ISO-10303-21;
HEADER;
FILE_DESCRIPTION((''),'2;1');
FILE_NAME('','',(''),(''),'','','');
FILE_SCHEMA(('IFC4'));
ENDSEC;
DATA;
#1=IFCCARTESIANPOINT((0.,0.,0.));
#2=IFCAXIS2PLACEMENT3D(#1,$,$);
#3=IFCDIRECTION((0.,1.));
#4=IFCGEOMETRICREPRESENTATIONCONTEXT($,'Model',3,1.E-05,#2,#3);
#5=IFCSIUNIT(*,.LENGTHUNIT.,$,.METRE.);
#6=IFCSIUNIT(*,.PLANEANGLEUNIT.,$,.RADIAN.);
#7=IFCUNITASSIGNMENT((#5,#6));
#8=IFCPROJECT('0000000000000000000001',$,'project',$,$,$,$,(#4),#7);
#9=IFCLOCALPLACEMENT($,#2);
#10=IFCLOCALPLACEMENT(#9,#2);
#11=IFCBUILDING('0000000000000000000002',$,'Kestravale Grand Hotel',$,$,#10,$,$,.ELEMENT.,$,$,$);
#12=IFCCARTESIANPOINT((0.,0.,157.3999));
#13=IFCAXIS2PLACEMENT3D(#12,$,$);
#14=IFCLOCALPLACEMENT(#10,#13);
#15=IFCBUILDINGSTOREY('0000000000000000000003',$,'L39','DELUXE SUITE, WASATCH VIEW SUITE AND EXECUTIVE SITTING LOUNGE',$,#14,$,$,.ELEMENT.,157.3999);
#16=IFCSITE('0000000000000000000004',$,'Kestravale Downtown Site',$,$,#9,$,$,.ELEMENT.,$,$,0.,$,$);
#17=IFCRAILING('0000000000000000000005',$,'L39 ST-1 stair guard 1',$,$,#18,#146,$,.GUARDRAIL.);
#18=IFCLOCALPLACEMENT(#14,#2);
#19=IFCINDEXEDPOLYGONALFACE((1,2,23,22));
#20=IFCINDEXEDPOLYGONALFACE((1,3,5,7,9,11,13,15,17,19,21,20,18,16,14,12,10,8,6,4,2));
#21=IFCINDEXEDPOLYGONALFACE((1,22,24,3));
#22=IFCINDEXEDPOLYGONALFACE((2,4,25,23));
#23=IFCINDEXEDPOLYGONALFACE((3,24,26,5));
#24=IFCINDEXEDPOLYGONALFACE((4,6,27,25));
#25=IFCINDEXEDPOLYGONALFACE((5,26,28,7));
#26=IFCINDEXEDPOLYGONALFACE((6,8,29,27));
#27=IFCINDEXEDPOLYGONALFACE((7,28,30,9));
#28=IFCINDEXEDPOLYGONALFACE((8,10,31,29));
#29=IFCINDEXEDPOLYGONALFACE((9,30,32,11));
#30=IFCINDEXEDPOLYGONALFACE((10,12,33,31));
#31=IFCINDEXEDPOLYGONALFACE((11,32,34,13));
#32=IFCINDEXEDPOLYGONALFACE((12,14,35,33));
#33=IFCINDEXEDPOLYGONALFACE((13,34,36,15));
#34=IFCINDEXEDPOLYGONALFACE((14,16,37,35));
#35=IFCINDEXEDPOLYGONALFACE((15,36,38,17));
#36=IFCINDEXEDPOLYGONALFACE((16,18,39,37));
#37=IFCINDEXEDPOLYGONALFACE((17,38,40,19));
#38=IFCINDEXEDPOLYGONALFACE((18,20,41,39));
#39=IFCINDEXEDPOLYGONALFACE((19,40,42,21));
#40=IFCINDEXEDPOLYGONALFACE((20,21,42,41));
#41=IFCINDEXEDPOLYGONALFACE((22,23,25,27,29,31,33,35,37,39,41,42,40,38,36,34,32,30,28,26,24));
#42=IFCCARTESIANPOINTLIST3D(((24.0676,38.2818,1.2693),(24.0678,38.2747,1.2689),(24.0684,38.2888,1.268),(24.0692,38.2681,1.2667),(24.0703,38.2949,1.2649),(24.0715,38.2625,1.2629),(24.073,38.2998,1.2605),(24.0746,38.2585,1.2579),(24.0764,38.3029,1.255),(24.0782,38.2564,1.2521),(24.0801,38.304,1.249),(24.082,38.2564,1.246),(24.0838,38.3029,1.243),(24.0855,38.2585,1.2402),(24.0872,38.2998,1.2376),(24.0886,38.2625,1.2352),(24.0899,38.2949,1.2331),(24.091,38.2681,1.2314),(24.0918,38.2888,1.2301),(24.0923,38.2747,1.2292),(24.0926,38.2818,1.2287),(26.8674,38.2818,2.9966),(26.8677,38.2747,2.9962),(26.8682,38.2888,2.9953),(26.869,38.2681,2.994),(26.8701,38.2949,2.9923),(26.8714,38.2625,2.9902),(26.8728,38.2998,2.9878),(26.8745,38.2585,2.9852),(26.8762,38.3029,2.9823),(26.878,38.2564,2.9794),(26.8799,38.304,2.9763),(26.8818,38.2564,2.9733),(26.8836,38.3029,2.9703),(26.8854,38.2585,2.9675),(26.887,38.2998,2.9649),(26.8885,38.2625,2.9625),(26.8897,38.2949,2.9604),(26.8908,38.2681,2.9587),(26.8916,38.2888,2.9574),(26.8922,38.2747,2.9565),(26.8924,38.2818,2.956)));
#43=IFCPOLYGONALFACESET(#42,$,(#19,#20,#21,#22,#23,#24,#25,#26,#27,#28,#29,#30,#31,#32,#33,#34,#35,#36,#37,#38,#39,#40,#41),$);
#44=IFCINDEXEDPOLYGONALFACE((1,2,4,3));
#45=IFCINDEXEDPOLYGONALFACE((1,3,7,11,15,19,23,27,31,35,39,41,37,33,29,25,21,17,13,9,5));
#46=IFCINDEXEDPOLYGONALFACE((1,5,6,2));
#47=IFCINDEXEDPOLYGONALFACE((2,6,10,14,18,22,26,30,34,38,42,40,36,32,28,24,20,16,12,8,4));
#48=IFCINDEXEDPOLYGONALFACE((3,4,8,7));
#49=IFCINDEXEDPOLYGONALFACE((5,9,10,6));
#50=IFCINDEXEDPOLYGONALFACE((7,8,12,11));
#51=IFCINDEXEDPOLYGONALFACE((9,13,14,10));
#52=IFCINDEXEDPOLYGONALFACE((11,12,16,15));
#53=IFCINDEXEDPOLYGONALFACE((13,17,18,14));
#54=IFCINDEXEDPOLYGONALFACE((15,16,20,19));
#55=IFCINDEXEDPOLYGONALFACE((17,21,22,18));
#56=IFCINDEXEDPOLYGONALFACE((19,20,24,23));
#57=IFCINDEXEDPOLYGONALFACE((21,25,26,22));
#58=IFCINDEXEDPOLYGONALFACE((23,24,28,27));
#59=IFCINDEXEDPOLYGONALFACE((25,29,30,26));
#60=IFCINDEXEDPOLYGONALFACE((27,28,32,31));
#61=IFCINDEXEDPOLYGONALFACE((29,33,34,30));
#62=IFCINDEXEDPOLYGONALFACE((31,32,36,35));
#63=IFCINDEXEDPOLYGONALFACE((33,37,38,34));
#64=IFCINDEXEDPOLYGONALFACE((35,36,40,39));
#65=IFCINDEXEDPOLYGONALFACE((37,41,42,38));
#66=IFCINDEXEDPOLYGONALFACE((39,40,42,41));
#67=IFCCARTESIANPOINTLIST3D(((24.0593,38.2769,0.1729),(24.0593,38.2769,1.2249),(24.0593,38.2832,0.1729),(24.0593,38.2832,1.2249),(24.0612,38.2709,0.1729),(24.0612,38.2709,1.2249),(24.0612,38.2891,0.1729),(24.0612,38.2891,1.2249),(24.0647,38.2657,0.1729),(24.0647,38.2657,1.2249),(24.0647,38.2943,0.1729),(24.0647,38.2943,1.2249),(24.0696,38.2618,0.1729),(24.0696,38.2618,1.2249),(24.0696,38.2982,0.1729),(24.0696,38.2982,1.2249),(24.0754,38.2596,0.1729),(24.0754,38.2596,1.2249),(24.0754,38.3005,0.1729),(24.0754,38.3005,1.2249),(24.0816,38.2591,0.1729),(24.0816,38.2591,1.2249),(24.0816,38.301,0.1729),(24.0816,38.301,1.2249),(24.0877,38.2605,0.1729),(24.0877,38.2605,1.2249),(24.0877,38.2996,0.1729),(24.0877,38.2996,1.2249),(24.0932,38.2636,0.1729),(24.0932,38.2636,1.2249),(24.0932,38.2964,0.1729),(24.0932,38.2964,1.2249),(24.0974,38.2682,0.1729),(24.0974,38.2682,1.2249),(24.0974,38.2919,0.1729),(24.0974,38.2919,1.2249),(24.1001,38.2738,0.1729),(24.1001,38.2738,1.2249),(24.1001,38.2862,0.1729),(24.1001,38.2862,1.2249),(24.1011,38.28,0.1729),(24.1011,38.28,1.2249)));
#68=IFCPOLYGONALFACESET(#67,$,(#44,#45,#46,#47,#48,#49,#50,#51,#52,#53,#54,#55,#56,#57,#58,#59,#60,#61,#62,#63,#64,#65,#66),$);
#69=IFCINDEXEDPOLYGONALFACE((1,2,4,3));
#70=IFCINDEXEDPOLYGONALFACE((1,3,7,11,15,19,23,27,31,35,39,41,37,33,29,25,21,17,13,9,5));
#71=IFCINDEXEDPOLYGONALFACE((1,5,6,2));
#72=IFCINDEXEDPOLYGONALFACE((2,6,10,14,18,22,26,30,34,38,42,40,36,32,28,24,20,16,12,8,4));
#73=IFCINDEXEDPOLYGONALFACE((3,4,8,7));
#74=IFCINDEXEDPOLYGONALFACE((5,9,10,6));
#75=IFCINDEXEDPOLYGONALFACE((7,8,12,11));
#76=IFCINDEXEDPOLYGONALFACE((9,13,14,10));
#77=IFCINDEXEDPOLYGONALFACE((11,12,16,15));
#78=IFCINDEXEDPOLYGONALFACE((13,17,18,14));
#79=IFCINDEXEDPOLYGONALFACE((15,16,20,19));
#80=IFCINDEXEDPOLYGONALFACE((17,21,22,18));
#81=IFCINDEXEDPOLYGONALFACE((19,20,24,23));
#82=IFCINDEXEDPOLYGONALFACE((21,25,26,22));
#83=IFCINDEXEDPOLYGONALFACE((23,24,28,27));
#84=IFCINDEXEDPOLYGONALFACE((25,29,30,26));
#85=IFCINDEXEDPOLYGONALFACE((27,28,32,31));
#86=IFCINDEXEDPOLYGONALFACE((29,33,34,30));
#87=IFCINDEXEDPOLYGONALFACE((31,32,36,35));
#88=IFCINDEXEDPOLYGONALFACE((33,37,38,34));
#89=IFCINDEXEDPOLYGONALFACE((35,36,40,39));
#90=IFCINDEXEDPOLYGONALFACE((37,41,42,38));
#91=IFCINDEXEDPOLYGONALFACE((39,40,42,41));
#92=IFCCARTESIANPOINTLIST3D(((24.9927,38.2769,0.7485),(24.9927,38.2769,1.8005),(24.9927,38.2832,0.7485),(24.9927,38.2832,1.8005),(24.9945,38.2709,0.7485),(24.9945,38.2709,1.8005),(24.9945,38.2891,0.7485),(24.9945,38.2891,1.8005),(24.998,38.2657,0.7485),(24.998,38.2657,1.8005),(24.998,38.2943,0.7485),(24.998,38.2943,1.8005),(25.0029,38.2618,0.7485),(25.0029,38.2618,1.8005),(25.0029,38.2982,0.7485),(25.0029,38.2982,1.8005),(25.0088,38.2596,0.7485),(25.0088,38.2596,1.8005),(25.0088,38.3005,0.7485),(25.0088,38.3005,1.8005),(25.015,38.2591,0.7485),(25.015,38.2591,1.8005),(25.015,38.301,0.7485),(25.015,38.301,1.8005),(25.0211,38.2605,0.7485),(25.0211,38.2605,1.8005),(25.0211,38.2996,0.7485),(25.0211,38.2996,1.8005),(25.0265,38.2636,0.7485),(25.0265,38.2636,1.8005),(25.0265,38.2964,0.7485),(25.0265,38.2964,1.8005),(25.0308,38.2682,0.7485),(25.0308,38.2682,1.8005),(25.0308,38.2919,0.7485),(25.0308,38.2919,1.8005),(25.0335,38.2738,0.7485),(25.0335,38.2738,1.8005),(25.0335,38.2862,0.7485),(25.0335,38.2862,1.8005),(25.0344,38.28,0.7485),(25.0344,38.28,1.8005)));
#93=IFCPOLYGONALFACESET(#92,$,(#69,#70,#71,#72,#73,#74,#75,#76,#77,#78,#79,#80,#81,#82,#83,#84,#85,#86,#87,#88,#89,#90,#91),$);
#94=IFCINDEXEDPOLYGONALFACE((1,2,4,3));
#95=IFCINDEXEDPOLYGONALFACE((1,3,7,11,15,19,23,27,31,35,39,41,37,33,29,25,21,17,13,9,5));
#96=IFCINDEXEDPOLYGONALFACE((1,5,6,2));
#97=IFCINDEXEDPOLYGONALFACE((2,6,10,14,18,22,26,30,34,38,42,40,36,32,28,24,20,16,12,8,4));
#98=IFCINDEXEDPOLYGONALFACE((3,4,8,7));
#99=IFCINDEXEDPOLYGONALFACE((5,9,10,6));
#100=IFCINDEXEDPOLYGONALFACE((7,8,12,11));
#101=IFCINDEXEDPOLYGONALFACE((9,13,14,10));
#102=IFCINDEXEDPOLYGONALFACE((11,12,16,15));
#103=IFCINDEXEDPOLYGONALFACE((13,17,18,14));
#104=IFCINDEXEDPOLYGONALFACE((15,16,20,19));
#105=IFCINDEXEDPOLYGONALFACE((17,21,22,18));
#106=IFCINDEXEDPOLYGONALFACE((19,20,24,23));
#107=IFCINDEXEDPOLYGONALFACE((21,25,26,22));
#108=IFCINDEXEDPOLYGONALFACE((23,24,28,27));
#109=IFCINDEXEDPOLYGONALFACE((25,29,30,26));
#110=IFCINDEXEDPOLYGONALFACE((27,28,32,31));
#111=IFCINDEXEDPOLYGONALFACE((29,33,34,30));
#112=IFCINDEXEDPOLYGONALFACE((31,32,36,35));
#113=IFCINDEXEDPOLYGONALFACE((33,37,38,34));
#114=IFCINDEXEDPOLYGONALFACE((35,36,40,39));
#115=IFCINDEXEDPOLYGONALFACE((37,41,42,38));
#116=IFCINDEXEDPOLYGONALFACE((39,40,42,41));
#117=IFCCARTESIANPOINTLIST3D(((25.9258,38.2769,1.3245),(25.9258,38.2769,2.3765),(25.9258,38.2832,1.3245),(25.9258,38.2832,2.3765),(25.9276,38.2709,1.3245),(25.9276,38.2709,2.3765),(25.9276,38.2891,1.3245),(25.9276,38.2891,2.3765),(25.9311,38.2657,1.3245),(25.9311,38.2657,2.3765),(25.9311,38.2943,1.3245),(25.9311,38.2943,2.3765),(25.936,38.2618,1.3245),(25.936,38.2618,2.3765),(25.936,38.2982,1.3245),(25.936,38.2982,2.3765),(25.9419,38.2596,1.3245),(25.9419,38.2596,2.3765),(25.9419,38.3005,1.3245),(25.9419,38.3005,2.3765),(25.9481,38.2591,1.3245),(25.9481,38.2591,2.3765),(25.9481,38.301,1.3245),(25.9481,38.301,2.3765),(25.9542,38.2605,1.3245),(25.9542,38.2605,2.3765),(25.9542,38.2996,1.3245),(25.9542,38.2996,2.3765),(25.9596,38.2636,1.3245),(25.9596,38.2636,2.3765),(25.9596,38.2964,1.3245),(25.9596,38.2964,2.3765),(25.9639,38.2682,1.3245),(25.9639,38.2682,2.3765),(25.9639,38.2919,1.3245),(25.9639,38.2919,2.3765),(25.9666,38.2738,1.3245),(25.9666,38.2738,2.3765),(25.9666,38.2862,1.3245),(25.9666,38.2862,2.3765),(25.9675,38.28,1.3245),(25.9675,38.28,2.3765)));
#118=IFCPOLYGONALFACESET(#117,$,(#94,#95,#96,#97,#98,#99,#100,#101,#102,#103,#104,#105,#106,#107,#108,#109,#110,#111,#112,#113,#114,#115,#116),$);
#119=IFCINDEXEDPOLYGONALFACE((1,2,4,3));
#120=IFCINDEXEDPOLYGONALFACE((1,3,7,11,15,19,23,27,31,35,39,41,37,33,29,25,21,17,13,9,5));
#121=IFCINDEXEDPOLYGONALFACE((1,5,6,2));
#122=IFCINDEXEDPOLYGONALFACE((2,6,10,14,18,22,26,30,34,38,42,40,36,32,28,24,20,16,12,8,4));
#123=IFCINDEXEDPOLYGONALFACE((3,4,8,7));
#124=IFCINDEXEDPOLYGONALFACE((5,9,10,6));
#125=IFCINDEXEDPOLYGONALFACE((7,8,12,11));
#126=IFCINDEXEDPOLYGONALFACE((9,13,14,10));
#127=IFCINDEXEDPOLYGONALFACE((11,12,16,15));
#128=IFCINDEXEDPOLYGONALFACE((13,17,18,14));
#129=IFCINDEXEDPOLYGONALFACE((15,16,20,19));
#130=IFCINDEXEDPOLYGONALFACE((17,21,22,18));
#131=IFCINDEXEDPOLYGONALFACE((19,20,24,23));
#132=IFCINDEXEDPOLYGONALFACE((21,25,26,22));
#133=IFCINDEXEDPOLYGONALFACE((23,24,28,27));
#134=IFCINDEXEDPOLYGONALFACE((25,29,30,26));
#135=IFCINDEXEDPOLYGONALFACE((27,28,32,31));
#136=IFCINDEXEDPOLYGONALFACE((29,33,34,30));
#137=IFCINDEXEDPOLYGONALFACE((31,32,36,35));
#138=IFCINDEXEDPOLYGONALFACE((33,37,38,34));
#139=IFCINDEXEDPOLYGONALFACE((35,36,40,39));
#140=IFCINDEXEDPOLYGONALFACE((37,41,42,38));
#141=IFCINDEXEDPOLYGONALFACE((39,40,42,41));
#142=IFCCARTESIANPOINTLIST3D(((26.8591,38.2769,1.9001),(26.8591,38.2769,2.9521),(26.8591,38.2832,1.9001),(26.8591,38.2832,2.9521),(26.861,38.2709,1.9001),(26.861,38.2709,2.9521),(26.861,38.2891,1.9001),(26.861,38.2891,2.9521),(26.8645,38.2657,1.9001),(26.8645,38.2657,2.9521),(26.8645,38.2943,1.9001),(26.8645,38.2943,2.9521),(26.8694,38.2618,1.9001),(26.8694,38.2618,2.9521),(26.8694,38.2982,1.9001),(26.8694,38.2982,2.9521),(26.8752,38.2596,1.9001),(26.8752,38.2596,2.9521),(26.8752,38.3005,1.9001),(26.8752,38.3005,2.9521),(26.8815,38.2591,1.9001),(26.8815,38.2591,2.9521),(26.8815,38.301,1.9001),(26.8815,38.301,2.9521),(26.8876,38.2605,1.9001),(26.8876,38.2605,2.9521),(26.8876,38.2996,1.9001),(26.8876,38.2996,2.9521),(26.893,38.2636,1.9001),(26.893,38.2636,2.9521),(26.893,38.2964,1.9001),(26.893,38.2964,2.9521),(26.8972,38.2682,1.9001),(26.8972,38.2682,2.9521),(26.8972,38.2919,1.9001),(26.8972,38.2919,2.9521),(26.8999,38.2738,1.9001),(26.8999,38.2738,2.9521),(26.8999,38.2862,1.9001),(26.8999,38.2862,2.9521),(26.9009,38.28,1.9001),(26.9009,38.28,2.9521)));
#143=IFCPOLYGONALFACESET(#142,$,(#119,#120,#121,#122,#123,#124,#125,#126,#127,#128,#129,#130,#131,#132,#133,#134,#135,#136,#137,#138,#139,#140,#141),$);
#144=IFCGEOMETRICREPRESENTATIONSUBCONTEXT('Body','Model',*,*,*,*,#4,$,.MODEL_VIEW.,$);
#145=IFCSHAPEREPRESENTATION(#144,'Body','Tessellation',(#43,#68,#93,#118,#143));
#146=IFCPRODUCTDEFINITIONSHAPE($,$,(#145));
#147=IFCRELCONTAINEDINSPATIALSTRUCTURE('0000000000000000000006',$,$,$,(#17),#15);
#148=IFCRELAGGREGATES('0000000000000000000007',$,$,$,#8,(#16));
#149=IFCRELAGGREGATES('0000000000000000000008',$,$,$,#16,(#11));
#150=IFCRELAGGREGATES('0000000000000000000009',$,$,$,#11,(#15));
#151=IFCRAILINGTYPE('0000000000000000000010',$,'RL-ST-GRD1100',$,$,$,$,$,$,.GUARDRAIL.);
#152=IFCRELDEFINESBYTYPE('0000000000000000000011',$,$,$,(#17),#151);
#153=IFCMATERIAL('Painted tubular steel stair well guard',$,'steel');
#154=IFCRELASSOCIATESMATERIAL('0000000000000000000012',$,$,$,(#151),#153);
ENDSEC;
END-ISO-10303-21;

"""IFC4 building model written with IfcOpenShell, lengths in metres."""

from ifc_helpers import new_model, si_unit, direction, frame, origin, origin_2d, place, context, subcontext, project, spatial, circle, extrude, material, type_object, element, save


model = new_model("IFC4")

# Units and contexts
model_context = context("Model", 3, precision=1e-05, world=origin(), true_north=direction((0.0, 1.0)))
body_context = subcontext(model_context, "Body", "Model", "MODEL_VIEW")
ifc_project = project(units=[si_unit("LENGTHUNIT", "METRE"), si_unit("PLANEANGLEUNIT", "RADIAN")], contexts=[model_context])

# Site, building, storey
site_placement = place(None, origin())
site = spatial("IfcSite", under=ifc_project, at=site_placement, Name="Kestravale Downtown Site", CompositionType="ELEMENT", RefElevation=0.0)
building_placement = place(site_placement, origin())
building = spatial("IfcBuilding", under=site, at=building_placement, Name="Kestravale Grand Hotel", CompositionType="ELEMENT")
storey_placement = place(building_placement, frame((0.0, 0.0, 157.3999)))
storey = spatial("IfcBuildingStorey", under=building, at=storey_placement, Name="L39", Description="DELUXE SUITE, WASATCH VIEW SUITE AND EXECUTIVE SITTING LOUNGE", CompositionType="ELEMENT", Elevation=157.3999)

# Railing
ifc_material_1 = material(Name="Painted tubular steel stair well guard", Category="steel")
railing_type_1 = type_object("IfcRailingType", Name="RL-ST-GRD1100", PredefinedType="GUARDRAIL", material=ifc_material_1)
railing_1_placement = place(storey_placement, frame((24.0801, 38.28, 0.1729)))
element("IfcRailing", 1, at=railing_1_placement, inside=storey, type_object=railing_type_1, Name="L39 ST-1 stair guard 1", PredefinedType="GUARDRAIL", context=body_context, shape_type="SweptSolid", body=[
    extrude(circle(Radius=0.0239, at=origin_2d()), frame((0.0, 0.0, 1.0762), z_axis=(0.851069, 0.0, 0.525054), x_axis=(0.0, 1.0, 0.0)), (0.0, 0.0, 1.0), 3.2898),
    extrude(circle(Radius=0.021, at=origin_2d()), origin(), (0.0, 0.0, 1.0), 1.052),
    extrude(circle(Radius=0.021, at=origin_2d()), frame((0.9333, 0.0, 0.5757)), (0.0, 0.0, 1.0), 1.052),
    extrude(circle(Radius=0.021, at=origin_2d()), frame((1.8665, 0.0, 1.1516)), (0.0, 0.0, 1.0), 1.052),
    extrude(circle(Radius=0.021, at=origin_2d()), frame((2.7998, 0.0, 1.7273)), (0.0, 0.0, 1.0), 1.052),
])

save(model, "model.ifc")
